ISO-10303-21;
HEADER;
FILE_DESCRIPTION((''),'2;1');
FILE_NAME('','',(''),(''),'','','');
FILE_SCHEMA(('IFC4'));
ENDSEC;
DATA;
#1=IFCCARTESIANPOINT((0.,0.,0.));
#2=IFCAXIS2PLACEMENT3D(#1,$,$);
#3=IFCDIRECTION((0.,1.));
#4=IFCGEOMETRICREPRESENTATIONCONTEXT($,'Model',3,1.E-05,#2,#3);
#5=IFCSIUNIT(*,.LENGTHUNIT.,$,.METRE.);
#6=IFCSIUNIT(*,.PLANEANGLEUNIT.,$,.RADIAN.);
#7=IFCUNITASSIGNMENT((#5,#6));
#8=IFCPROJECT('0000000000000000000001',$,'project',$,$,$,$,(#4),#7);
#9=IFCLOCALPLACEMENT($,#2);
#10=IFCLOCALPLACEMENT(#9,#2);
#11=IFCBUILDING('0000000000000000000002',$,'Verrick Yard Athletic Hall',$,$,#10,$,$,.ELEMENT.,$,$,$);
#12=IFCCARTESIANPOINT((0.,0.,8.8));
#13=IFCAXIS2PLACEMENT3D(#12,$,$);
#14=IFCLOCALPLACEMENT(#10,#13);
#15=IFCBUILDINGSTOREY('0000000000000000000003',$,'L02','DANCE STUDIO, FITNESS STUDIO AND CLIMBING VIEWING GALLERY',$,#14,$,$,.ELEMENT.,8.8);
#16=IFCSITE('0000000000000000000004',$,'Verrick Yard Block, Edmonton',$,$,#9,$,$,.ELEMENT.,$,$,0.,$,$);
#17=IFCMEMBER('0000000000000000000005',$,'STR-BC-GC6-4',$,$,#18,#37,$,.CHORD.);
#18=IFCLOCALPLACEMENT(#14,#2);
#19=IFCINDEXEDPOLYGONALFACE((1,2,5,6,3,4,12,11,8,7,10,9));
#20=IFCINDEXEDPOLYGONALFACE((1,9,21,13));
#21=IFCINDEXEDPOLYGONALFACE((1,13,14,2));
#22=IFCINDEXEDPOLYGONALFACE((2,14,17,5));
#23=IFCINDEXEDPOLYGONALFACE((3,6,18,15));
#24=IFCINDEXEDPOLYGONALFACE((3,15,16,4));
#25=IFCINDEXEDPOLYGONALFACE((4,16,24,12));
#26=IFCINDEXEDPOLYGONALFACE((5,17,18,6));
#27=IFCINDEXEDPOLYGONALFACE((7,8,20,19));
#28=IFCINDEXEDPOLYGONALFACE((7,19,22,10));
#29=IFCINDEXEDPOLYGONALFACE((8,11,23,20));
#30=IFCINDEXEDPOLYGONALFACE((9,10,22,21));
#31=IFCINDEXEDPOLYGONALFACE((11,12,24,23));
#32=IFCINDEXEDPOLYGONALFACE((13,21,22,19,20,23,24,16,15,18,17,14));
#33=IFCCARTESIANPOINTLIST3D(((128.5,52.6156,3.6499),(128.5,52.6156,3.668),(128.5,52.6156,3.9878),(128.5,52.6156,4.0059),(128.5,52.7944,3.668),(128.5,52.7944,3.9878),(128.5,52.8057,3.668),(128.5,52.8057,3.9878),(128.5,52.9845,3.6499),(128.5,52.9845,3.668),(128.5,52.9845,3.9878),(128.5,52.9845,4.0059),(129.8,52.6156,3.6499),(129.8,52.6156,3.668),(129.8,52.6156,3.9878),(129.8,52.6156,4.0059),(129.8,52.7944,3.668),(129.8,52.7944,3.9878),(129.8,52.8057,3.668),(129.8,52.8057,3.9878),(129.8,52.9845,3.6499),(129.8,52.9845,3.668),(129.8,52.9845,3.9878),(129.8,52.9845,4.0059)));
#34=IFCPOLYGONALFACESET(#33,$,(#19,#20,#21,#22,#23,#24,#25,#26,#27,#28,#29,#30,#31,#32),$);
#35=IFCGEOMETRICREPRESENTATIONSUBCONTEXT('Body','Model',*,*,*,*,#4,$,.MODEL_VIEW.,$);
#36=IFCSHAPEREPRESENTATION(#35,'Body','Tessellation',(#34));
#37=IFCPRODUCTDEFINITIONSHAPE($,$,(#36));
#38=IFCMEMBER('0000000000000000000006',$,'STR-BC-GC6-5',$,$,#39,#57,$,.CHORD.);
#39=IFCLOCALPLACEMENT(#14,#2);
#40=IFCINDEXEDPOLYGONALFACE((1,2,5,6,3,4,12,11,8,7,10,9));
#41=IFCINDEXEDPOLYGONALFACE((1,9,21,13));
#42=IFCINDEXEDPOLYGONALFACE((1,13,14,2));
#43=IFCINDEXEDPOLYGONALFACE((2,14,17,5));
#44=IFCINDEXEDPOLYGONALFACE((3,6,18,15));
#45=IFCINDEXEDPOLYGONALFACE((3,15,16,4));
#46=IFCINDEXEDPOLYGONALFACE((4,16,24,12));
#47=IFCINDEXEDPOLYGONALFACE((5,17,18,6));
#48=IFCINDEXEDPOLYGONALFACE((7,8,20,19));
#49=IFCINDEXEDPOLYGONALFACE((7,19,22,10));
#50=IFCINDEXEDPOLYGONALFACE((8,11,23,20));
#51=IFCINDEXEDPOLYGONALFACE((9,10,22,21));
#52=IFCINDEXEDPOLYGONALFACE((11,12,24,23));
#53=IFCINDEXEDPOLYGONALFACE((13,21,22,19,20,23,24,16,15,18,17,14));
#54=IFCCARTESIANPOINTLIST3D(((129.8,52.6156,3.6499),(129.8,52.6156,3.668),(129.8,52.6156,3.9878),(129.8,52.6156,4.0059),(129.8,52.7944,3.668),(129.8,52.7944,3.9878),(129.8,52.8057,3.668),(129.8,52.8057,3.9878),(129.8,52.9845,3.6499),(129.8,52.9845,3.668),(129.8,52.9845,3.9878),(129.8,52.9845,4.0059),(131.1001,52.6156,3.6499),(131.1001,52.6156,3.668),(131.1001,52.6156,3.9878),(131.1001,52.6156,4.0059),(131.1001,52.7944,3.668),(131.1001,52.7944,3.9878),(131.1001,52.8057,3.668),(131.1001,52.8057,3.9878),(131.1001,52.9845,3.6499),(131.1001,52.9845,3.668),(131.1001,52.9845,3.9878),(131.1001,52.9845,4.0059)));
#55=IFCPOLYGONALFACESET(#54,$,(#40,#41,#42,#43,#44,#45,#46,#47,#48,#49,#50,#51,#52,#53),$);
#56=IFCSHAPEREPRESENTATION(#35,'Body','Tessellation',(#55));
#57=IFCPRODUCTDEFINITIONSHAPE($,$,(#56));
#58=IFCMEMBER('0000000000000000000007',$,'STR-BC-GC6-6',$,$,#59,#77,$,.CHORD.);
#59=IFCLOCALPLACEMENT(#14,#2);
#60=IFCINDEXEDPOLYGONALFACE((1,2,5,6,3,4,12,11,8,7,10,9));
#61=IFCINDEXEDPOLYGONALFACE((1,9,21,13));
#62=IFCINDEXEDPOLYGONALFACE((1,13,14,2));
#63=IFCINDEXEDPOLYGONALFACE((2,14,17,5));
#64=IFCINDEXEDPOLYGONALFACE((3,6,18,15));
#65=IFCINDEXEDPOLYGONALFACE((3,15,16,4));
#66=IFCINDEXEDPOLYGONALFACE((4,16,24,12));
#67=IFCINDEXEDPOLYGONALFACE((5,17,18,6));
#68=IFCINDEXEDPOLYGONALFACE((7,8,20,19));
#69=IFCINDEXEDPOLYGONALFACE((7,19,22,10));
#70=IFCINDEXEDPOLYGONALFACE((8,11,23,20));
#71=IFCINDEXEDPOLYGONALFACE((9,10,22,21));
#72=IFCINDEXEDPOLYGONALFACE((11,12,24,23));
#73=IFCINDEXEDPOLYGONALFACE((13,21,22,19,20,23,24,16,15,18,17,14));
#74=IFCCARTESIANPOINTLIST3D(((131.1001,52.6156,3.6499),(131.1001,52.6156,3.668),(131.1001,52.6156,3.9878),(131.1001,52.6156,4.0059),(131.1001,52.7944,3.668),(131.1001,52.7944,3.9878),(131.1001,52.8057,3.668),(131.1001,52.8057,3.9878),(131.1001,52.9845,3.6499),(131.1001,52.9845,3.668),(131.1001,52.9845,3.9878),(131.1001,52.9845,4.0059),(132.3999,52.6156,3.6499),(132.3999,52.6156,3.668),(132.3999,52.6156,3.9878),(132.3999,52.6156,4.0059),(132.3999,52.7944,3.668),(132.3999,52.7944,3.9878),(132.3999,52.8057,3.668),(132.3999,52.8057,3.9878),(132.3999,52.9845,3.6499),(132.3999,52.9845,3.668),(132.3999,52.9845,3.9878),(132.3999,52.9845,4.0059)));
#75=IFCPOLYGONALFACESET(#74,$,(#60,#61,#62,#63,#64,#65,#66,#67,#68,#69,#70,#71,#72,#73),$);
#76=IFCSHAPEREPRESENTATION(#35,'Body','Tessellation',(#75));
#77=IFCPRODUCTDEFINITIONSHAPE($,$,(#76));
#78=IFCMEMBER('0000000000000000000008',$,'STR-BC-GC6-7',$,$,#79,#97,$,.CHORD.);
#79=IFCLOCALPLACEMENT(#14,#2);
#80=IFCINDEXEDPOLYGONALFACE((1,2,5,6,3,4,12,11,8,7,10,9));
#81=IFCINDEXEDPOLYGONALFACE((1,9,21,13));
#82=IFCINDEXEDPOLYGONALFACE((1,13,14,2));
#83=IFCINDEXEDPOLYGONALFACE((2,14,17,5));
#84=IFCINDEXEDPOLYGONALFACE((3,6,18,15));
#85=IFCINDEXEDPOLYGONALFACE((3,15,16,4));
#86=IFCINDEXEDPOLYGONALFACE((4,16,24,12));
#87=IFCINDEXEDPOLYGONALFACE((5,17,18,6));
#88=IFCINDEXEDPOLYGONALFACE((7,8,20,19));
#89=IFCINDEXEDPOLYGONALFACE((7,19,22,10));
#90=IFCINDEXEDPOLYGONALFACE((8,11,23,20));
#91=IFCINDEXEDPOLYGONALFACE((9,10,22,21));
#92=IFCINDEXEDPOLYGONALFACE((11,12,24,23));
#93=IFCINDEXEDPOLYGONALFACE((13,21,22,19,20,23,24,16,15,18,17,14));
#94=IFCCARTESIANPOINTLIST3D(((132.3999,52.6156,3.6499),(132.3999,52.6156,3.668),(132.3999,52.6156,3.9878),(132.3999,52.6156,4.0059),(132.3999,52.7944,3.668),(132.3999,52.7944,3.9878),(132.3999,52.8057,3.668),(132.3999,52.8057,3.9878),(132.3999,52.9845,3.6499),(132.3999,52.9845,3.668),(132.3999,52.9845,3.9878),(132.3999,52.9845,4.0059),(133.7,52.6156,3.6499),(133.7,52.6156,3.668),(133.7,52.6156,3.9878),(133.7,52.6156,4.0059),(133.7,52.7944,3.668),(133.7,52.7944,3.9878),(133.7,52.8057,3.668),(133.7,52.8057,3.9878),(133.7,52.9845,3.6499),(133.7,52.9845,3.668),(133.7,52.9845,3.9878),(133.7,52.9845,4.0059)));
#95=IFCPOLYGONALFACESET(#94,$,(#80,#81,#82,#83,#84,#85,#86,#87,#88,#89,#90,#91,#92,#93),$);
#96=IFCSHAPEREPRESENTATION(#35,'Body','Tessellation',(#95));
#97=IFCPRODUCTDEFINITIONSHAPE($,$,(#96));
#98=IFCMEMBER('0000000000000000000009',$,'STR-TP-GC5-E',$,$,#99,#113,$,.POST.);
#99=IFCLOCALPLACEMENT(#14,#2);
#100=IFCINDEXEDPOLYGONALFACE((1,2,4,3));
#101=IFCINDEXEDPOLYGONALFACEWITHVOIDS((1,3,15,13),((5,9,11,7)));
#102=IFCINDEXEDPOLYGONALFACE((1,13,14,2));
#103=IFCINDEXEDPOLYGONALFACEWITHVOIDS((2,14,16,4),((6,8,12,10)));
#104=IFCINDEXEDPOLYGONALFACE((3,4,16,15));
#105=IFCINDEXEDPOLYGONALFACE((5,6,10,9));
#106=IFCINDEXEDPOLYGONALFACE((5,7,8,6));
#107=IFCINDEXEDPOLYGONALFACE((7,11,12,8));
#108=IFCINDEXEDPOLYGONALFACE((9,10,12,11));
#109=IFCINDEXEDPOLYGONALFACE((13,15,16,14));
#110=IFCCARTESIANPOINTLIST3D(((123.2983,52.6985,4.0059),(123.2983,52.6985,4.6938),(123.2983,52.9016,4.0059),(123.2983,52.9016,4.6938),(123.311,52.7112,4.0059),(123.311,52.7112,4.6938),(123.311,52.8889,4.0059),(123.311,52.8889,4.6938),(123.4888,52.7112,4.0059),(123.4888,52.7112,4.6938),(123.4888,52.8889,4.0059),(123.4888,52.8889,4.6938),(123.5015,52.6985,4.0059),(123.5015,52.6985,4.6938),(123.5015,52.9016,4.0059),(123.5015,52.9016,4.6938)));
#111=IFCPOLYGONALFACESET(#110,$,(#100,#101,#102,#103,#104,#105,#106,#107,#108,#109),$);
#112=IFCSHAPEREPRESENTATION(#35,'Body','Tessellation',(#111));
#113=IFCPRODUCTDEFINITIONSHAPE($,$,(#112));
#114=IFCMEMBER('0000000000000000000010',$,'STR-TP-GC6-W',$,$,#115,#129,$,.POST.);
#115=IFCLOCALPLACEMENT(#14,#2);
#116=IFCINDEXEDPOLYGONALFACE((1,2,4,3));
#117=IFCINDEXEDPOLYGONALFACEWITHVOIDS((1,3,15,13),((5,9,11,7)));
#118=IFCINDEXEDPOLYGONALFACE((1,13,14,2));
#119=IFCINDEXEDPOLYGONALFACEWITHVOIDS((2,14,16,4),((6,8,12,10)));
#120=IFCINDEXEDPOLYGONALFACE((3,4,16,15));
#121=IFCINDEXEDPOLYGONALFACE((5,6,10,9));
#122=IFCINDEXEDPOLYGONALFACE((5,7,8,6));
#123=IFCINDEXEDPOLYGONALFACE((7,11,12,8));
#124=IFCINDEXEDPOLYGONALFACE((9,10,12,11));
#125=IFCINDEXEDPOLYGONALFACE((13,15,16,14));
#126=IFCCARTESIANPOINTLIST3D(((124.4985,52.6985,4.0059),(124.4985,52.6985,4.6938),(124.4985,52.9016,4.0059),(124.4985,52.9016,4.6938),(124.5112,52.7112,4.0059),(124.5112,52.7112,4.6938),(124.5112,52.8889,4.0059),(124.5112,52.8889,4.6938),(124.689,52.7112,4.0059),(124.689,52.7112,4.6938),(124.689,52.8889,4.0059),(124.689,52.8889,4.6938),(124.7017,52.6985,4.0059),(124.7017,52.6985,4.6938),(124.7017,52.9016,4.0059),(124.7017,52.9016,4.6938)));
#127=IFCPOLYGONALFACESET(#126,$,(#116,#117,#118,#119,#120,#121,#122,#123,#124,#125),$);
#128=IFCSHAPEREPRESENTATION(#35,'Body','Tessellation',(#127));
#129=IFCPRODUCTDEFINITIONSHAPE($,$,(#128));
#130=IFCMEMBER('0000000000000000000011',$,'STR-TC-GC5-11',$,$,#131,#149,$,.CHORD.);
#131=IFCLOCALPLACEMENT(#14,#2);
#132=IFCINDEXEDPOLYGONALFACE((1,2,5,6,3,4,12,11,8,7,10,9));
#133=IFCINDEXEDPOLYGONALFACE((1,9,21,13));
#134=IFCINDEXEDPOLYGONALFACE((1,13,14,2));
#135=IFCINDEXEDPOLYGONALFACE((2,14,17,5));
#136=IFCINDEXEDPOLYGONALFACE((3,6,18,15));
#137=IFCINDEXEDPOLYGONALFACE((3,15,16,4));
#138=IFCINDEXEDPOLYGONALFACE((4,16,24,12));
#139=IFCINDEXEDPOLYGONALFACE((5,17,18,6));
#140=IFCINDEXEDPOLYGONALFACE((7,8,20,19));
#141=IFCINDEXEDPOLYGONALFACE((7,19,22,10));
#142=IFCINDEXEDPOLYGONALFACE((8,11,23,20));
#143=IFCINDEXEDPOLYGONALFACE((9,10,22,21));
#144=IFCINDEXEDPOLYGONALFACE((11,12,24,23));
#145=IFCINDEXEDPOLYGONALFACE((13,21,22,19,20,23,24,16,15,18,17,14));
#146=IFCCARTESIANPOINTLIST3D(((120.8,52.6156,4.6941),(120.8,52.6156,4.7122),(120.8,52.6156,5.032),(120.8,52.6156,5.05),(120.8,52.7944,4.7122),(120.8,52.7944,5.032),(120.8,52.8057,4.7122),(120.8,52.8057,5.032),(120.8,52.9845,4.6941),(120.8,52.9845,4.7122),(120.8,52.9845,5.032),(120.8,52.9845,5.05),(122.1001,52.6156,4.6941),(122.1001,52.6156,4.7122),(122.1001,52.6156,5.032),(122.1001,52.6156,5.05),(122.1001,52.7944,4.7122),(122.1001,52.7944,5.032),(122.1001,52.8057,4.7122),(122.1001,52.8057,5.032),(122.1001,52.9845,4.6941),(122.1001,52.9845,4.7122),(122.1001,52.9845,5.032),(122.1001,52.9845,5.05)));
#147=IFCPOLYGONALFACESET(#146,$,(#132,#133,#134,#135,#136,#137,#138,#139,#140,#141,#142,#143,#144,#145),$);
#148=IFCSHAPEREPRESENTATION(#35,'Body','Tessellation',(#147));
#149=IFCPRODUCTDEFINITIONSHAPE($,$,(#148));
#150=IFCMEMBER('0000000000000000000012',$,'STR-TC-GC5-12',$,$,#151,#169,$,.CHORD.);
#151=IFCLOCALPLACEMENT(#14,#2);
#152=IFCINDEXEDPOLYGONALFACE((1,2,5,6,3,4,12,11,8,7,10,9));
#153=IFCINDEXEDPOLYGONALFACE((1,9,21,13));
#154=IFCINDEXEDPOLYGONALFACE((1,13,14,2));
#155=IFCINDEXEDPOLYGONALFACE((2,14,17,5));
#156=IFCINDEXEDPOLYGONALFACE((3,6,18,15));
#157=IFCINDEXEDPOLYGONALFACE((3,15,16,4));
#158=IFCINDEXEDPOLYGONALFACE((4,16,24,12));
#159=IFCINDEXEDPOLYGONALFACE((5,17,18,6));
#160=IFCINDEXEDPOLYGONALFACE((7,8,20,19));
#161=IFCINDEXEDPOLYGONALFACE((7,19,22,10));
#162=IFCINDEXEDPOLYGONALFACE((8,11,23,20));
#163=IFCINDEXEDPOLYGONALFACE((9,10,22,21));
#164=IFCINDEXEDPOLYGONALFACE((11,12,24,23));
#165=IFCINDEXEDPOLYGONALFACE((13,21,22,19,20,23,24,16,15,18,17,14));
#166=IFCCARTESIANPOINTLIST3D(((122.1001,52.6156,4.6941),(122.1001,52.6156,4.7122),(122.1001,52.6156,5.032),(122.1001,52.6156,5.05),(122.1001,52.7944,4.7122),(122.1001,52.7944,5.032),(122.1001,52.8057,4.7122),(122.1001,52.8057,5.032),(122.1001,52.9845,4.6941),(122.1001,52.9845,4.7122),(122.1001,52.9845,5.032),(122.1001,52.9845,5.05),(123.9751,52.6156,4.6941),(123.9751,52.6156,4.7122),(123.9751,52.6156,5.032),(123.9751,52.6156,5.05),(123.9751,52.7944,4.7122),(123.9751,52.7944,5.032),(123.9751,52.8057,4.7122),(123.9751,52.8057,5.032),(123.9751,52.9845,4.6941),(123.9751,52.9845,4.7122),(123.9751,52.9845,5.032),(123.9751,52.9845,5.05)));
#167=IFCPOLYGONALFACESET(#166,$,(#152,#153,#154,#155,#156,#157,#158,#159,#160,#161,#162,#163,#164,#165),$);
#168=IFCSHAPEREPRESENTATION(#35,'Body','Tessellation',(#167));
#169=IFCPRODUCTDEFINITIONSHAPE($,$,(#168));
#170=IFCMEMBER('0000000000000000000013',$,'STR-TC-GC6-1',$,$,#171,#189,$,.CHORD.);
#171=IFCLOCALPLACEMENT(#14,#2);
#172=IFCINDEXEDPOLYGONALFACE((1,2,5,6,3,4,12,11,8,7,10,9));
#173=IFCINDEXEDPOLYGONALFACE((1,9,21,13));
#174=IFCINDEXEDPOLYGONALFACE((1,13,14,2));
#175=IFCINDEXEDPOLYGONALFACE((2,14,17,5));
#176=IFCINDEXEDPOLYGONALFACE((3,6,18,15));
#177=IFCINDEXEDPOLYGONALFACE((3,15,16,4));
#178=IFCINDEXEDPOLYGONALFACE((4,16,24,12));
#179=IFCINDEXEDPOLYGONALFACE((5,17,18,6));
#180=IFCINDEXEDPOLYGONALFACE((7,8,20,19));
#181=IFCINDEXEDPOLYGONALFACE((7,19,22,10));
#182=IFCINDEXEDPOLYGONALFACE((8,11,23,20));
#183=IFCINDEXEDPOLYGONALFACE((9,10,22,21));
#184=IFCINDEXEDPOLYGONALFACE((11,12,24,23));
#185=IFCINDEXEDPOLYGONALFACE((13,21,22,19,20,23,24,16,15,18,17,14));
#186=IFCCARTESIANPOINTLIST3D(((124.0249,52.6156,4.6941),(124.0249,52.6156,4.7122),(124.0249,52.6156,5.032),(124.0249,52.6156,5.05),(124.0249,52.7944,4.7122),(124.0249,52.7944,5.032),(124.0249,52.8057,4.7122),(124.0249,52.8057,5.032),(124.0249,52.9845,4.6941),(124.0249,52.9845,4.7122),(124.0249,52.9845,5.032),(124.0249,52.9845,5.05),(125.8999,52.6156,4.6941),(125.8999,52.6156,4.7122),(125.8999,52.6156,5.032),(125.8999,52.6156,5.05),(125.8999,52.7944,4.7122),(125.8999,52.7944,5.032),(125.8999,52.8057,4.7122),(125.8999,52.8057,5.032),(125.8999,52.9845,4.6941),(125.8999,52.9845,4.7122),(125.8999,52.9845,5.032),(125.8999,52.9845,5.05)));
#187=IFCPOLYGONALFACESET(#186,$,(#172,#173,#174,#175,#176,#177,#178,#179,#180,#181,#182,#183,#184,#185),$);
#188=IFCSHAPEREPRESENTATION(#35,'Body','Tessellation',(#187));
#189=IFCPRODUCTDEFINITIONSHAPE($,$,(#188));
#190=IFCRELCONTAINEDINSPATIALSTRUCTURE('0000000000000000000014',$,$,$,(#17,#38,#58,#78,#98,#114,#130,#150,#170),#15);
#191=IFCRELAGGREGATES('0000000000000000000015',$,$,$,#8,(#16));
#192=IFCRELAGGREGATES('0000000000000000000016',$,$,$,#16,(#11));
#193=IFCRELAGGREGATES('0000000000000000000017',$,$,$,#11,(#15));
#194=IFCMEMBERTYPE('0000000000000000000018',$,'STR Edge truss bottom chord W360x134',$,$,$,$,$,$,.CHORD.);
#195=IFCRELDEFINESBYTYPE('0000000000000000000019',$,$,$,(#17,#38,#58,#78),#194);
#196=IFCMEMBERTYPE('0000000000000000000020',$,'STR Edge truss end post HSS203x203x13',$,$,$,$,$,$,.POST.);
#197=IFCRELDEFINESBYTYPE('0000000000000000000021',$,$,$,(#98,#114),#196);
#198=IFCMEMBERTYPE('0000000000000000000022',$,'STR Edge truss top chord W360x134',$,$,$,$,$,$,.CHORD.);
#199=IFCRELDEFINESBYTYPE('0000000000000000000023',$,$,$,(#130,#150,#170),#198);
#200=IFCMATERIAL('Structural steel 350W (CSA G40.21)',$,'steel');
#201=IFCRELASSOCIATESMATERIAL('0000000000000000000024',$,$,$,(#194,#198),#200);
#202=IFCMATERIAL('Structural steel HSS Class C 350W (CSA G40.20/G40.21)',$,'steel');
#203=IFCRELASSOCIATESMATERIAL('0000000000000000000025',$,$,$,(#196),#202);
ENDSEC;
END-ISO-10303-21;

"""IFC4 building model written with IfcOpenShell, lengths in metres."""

from ifc_helpers import new_model, si_unit, direction, frame, origin, origin_2d, place, context, subcontext, project, spatial, hollow_rectangle, i_section, extrude, material, material_profile, profile_set, type_object, element, save


model = new_model("IFC4")

# Units and contexts
model_context = context("Model", 3, precision=1e-05, world=origin(), true_north=direction((0.0, 1.0)))
body_context = subcontext(model_context, "Body", "Model", "MODEL_VIEW")
ifc_project = project(units=[si_unit("LENGTHUNIT", "METRE"), si_unit("PLANEANGLEUNIT", "RADIAN")], contexts=[model_context])

# Site, building, storey
site_placement = place(None, origin())
site = spatial("IfcSite", under=ifc_project, at=site_placement, Name="Verrick Yard Block, Edmonton", CompositionType="ELEMENT", RefElevation=0.0)
building_placement = place(site_placement, origin())
building = spatial("IfcBuilding", under=site, at=building_placement, Name="Verrick Yard Athletic Hall", CompositionType="ELEMENT")
storey_placement = place(building_placement, frame((0.0, 0.0, 8.8)))
storey = spatial("IfcBuildingStorey", under=building, at=storey_placement, Name="L02", Description="DANCE STUDIO, FITNESS STUDIO AND CLIMBING VIEWING GALLERY", CompositionType="ELEMENT", Elevation=8.8)

# Shared definitions
ifc_material_1 = material(Name="Structural steel 350W (CSA G40.21)", Category="steel")

# Shared definitions
ifc_material_2 = material(Name="Structural steel HSS Class C 350W (CSA G40.20/G40.21)", Category="steel")

# Members
ifc_material_profile_1 = material_profile(ifc_material_1, i_section(OverallWidth=0.3689, OverallDepth=0.356, WebThickness=0.0112, FlangeThickness=0.0181, at=origin_2d()), Name="W360x134")
ifc_profile_set_1 = profile_set([ifc_material_profile_1], Name="Structural steel 350W (CSA G40.21)")
member_type_1 = type_object("IfcMemberType", Name="STR Edge truss bottom chord W360x134", PredefinedType="CHORD", material=ifc_profile_set_1)
for number, where, z_axis, x_axis, name in (
    (1, (128.5, 52.8, 3.8279), (1.0, 0.0, 0.0), (0.0, 1.0, 0.0), "STR-BC-GC6-4"),
    (2, (129.8, 52.8, 3.8279), (1.0, 0.0, 0.0), (0.0, 1.0, 0.0), "STR-BC-GC6-5"),
):
    element("IfcMember", number, at=place(storey_placement, frame(where, z_axis=z_axis, x_axis=x_axis)), inside=storey, type_object=member_type_1, Name=name, PredefinedType="CHORD", context=body_context, shape_type="SweptSolid", body=[
        extrude(i_section(OverallWidth=0.3689, OverallDepth=0.356, WebThickness=0.0112, FlangeThickness=0.0181, at=origin_2d()), origin(), (0.0, 0.0, 1.0), 1.3),
    ])
member_1_placement = place(storey_placement, frame((131.1001, 52.8, 3.8279), z_axis=(1.0, 0.0, 0.0), x_axis=(0.0, 1.0, 0.0)))
element("IfcMember", 3, at=member_1_placement, inside=storey, type_object=member_type_1, Name="STR-BC-GC6-6", PredefinedType="CHORD", context=body_context, shape_type="SweptSolid", body=[
    extrude(i_section(OverallWidth=0.3689, OverallDepth=0.356, WebThickness=0.0112, FlangeThickness=0.0181, at=origin_2d()), origin(), (0.0, 0.0, 1.0), 1.2998),
])
member_2_placement = place(storey_placement, frame((132.3999, 52.8, 3.8279), z_axis=(1.0, 0.0, 0.0), x_axis=(0.0, 1.0, 0.0)))
element("IfcMember", 4, at=member_2_placement, inside=storey, type_object=member_type_1, Name="STR-BC-GC6-7", PredefinedType="CHORD", context=body_context, shape_type="SweptSolid", body=[
    extrude(i_section(OverallWidth=0.3689, OverallDepth=0.356, WebThickness=0.0112, FlangeThickness=0.0181, at=origin_2d()), origin(), (0.0, 0.0, 1.0), 1.3),
])
ifc_material_profile_2 = material_profile(ifc_material_2, hollow_rectangle(XDim=0.2031, YDim=0.2031, WallThickness=0.0127, at=origin_2d()), Name="HSS203x203x13")
ifc_profile_set_2 = profile_set([ifc_material_profile_2], Name="Structural steel HSS Class C 350W (CSA G40.20/G40.21)")
member_type_2 = type_object("IfcMemberType", Name="STR Edge truss end post HSS203x203x13", PredefinedType="POST", material=ifc_profile_set_2)
for number, where, z_axis, x_axis, name in (
    (5, (123.3999, 52.8, 4.0059), (0.0, 0.0, 1.0), (1.0, 0.0, 0.0), "STR-TP-GC5-E"),
    (6, (124.6001, 52.8, 4.0059), (0.0, 0.0, 1.0), (1.0, 0.0, 0.0), "STR-TP-GC6-W"),
):
    element("IfcMember", number, at=place(storey_placement, frame(where, z_axis=z_axis, x_axis=x_axis)), inside=storey, type_object=member_type_2, Name=name, PredefinedType="POST", context=body_context, shape_type="SweptSolid", body=[
        extrude(hollow_rectangle(XDim=0.2031, YDim=0.2031, WallThickness=0.0127, at=origin_2d()), origin(), (0.0, 0.0, 1.0), 0.688),
    ])
ifc_material_profile_3 = material_profile(ifc_material_1, i_section(OverallWidth=0.3689, OverallDepth=0.356, WebThickness=0.0112, FlangeThickness=0.0181, at=origin_2d()), Name="W360x134")
ifc_profile_set_3 = profile_set([ifc_material_profile_3], Name="Structural steel 350W (CSA G40.21)")
member_type_3 = type_object("IfcMemberType", Name="STR Edge truss top chord W360x134", PredefinedType="CHORD", material=ifc_profile_set_3)
member_3_placement = place(storey_placement, frame((120.8, 52.8, 4.8721), z_axis=(1.0, 0.0, 0.0), x_axis=(0.0, 1.0, 0.0)))
element("IfcMember", 7, at=member_3_placement, inside=storey, type_object=member_type_3, Name="STR-TC-GC5-11", PredefinedType="CHORD", context=body_context, shape_type="SweptSolid", body=[
    extrude(i_section(OverallWidth=0.3689, OverallDepth=0.356, WebThickness=0.0112, FlangeThickness=0.0181, at=origin_2d()), origin(), (0.0, 0.0, 1.0), 1.3),
])
for number, where, z_axis, x_axis, name in (
    (8, (122.1001, 52.8, 4.8721), (1.0, 0.0, 0.0), (0.0, 1.0, 0.0), "STR-TC-GC5-12"),
    (9, (124.0249, 52.8, 4.8721), (1.0, 0.0, 0.0), (0.0, 1.0, 0.0), "STR-TC-GC6-1"),
):
    element("IfcMember", number, at=place(storey_placement, frame(where, z_axis=z_axis, x_axis=x_axis)), inside=storey, type_object=member_type_3, Name=name, PredefinedType="CHORD", context=body_context, shape_type="SweptSolid", body=[
        extrude(i_section(OverallWidth=0.3689, OverallDepth=0.356, WebThickness=0.0112, FlangeThickness=0.0181, at=origin_2d()), origin(), (0.0, 0.0, 1.0), 1.875),
    ])

save(model, "model.ifc")
